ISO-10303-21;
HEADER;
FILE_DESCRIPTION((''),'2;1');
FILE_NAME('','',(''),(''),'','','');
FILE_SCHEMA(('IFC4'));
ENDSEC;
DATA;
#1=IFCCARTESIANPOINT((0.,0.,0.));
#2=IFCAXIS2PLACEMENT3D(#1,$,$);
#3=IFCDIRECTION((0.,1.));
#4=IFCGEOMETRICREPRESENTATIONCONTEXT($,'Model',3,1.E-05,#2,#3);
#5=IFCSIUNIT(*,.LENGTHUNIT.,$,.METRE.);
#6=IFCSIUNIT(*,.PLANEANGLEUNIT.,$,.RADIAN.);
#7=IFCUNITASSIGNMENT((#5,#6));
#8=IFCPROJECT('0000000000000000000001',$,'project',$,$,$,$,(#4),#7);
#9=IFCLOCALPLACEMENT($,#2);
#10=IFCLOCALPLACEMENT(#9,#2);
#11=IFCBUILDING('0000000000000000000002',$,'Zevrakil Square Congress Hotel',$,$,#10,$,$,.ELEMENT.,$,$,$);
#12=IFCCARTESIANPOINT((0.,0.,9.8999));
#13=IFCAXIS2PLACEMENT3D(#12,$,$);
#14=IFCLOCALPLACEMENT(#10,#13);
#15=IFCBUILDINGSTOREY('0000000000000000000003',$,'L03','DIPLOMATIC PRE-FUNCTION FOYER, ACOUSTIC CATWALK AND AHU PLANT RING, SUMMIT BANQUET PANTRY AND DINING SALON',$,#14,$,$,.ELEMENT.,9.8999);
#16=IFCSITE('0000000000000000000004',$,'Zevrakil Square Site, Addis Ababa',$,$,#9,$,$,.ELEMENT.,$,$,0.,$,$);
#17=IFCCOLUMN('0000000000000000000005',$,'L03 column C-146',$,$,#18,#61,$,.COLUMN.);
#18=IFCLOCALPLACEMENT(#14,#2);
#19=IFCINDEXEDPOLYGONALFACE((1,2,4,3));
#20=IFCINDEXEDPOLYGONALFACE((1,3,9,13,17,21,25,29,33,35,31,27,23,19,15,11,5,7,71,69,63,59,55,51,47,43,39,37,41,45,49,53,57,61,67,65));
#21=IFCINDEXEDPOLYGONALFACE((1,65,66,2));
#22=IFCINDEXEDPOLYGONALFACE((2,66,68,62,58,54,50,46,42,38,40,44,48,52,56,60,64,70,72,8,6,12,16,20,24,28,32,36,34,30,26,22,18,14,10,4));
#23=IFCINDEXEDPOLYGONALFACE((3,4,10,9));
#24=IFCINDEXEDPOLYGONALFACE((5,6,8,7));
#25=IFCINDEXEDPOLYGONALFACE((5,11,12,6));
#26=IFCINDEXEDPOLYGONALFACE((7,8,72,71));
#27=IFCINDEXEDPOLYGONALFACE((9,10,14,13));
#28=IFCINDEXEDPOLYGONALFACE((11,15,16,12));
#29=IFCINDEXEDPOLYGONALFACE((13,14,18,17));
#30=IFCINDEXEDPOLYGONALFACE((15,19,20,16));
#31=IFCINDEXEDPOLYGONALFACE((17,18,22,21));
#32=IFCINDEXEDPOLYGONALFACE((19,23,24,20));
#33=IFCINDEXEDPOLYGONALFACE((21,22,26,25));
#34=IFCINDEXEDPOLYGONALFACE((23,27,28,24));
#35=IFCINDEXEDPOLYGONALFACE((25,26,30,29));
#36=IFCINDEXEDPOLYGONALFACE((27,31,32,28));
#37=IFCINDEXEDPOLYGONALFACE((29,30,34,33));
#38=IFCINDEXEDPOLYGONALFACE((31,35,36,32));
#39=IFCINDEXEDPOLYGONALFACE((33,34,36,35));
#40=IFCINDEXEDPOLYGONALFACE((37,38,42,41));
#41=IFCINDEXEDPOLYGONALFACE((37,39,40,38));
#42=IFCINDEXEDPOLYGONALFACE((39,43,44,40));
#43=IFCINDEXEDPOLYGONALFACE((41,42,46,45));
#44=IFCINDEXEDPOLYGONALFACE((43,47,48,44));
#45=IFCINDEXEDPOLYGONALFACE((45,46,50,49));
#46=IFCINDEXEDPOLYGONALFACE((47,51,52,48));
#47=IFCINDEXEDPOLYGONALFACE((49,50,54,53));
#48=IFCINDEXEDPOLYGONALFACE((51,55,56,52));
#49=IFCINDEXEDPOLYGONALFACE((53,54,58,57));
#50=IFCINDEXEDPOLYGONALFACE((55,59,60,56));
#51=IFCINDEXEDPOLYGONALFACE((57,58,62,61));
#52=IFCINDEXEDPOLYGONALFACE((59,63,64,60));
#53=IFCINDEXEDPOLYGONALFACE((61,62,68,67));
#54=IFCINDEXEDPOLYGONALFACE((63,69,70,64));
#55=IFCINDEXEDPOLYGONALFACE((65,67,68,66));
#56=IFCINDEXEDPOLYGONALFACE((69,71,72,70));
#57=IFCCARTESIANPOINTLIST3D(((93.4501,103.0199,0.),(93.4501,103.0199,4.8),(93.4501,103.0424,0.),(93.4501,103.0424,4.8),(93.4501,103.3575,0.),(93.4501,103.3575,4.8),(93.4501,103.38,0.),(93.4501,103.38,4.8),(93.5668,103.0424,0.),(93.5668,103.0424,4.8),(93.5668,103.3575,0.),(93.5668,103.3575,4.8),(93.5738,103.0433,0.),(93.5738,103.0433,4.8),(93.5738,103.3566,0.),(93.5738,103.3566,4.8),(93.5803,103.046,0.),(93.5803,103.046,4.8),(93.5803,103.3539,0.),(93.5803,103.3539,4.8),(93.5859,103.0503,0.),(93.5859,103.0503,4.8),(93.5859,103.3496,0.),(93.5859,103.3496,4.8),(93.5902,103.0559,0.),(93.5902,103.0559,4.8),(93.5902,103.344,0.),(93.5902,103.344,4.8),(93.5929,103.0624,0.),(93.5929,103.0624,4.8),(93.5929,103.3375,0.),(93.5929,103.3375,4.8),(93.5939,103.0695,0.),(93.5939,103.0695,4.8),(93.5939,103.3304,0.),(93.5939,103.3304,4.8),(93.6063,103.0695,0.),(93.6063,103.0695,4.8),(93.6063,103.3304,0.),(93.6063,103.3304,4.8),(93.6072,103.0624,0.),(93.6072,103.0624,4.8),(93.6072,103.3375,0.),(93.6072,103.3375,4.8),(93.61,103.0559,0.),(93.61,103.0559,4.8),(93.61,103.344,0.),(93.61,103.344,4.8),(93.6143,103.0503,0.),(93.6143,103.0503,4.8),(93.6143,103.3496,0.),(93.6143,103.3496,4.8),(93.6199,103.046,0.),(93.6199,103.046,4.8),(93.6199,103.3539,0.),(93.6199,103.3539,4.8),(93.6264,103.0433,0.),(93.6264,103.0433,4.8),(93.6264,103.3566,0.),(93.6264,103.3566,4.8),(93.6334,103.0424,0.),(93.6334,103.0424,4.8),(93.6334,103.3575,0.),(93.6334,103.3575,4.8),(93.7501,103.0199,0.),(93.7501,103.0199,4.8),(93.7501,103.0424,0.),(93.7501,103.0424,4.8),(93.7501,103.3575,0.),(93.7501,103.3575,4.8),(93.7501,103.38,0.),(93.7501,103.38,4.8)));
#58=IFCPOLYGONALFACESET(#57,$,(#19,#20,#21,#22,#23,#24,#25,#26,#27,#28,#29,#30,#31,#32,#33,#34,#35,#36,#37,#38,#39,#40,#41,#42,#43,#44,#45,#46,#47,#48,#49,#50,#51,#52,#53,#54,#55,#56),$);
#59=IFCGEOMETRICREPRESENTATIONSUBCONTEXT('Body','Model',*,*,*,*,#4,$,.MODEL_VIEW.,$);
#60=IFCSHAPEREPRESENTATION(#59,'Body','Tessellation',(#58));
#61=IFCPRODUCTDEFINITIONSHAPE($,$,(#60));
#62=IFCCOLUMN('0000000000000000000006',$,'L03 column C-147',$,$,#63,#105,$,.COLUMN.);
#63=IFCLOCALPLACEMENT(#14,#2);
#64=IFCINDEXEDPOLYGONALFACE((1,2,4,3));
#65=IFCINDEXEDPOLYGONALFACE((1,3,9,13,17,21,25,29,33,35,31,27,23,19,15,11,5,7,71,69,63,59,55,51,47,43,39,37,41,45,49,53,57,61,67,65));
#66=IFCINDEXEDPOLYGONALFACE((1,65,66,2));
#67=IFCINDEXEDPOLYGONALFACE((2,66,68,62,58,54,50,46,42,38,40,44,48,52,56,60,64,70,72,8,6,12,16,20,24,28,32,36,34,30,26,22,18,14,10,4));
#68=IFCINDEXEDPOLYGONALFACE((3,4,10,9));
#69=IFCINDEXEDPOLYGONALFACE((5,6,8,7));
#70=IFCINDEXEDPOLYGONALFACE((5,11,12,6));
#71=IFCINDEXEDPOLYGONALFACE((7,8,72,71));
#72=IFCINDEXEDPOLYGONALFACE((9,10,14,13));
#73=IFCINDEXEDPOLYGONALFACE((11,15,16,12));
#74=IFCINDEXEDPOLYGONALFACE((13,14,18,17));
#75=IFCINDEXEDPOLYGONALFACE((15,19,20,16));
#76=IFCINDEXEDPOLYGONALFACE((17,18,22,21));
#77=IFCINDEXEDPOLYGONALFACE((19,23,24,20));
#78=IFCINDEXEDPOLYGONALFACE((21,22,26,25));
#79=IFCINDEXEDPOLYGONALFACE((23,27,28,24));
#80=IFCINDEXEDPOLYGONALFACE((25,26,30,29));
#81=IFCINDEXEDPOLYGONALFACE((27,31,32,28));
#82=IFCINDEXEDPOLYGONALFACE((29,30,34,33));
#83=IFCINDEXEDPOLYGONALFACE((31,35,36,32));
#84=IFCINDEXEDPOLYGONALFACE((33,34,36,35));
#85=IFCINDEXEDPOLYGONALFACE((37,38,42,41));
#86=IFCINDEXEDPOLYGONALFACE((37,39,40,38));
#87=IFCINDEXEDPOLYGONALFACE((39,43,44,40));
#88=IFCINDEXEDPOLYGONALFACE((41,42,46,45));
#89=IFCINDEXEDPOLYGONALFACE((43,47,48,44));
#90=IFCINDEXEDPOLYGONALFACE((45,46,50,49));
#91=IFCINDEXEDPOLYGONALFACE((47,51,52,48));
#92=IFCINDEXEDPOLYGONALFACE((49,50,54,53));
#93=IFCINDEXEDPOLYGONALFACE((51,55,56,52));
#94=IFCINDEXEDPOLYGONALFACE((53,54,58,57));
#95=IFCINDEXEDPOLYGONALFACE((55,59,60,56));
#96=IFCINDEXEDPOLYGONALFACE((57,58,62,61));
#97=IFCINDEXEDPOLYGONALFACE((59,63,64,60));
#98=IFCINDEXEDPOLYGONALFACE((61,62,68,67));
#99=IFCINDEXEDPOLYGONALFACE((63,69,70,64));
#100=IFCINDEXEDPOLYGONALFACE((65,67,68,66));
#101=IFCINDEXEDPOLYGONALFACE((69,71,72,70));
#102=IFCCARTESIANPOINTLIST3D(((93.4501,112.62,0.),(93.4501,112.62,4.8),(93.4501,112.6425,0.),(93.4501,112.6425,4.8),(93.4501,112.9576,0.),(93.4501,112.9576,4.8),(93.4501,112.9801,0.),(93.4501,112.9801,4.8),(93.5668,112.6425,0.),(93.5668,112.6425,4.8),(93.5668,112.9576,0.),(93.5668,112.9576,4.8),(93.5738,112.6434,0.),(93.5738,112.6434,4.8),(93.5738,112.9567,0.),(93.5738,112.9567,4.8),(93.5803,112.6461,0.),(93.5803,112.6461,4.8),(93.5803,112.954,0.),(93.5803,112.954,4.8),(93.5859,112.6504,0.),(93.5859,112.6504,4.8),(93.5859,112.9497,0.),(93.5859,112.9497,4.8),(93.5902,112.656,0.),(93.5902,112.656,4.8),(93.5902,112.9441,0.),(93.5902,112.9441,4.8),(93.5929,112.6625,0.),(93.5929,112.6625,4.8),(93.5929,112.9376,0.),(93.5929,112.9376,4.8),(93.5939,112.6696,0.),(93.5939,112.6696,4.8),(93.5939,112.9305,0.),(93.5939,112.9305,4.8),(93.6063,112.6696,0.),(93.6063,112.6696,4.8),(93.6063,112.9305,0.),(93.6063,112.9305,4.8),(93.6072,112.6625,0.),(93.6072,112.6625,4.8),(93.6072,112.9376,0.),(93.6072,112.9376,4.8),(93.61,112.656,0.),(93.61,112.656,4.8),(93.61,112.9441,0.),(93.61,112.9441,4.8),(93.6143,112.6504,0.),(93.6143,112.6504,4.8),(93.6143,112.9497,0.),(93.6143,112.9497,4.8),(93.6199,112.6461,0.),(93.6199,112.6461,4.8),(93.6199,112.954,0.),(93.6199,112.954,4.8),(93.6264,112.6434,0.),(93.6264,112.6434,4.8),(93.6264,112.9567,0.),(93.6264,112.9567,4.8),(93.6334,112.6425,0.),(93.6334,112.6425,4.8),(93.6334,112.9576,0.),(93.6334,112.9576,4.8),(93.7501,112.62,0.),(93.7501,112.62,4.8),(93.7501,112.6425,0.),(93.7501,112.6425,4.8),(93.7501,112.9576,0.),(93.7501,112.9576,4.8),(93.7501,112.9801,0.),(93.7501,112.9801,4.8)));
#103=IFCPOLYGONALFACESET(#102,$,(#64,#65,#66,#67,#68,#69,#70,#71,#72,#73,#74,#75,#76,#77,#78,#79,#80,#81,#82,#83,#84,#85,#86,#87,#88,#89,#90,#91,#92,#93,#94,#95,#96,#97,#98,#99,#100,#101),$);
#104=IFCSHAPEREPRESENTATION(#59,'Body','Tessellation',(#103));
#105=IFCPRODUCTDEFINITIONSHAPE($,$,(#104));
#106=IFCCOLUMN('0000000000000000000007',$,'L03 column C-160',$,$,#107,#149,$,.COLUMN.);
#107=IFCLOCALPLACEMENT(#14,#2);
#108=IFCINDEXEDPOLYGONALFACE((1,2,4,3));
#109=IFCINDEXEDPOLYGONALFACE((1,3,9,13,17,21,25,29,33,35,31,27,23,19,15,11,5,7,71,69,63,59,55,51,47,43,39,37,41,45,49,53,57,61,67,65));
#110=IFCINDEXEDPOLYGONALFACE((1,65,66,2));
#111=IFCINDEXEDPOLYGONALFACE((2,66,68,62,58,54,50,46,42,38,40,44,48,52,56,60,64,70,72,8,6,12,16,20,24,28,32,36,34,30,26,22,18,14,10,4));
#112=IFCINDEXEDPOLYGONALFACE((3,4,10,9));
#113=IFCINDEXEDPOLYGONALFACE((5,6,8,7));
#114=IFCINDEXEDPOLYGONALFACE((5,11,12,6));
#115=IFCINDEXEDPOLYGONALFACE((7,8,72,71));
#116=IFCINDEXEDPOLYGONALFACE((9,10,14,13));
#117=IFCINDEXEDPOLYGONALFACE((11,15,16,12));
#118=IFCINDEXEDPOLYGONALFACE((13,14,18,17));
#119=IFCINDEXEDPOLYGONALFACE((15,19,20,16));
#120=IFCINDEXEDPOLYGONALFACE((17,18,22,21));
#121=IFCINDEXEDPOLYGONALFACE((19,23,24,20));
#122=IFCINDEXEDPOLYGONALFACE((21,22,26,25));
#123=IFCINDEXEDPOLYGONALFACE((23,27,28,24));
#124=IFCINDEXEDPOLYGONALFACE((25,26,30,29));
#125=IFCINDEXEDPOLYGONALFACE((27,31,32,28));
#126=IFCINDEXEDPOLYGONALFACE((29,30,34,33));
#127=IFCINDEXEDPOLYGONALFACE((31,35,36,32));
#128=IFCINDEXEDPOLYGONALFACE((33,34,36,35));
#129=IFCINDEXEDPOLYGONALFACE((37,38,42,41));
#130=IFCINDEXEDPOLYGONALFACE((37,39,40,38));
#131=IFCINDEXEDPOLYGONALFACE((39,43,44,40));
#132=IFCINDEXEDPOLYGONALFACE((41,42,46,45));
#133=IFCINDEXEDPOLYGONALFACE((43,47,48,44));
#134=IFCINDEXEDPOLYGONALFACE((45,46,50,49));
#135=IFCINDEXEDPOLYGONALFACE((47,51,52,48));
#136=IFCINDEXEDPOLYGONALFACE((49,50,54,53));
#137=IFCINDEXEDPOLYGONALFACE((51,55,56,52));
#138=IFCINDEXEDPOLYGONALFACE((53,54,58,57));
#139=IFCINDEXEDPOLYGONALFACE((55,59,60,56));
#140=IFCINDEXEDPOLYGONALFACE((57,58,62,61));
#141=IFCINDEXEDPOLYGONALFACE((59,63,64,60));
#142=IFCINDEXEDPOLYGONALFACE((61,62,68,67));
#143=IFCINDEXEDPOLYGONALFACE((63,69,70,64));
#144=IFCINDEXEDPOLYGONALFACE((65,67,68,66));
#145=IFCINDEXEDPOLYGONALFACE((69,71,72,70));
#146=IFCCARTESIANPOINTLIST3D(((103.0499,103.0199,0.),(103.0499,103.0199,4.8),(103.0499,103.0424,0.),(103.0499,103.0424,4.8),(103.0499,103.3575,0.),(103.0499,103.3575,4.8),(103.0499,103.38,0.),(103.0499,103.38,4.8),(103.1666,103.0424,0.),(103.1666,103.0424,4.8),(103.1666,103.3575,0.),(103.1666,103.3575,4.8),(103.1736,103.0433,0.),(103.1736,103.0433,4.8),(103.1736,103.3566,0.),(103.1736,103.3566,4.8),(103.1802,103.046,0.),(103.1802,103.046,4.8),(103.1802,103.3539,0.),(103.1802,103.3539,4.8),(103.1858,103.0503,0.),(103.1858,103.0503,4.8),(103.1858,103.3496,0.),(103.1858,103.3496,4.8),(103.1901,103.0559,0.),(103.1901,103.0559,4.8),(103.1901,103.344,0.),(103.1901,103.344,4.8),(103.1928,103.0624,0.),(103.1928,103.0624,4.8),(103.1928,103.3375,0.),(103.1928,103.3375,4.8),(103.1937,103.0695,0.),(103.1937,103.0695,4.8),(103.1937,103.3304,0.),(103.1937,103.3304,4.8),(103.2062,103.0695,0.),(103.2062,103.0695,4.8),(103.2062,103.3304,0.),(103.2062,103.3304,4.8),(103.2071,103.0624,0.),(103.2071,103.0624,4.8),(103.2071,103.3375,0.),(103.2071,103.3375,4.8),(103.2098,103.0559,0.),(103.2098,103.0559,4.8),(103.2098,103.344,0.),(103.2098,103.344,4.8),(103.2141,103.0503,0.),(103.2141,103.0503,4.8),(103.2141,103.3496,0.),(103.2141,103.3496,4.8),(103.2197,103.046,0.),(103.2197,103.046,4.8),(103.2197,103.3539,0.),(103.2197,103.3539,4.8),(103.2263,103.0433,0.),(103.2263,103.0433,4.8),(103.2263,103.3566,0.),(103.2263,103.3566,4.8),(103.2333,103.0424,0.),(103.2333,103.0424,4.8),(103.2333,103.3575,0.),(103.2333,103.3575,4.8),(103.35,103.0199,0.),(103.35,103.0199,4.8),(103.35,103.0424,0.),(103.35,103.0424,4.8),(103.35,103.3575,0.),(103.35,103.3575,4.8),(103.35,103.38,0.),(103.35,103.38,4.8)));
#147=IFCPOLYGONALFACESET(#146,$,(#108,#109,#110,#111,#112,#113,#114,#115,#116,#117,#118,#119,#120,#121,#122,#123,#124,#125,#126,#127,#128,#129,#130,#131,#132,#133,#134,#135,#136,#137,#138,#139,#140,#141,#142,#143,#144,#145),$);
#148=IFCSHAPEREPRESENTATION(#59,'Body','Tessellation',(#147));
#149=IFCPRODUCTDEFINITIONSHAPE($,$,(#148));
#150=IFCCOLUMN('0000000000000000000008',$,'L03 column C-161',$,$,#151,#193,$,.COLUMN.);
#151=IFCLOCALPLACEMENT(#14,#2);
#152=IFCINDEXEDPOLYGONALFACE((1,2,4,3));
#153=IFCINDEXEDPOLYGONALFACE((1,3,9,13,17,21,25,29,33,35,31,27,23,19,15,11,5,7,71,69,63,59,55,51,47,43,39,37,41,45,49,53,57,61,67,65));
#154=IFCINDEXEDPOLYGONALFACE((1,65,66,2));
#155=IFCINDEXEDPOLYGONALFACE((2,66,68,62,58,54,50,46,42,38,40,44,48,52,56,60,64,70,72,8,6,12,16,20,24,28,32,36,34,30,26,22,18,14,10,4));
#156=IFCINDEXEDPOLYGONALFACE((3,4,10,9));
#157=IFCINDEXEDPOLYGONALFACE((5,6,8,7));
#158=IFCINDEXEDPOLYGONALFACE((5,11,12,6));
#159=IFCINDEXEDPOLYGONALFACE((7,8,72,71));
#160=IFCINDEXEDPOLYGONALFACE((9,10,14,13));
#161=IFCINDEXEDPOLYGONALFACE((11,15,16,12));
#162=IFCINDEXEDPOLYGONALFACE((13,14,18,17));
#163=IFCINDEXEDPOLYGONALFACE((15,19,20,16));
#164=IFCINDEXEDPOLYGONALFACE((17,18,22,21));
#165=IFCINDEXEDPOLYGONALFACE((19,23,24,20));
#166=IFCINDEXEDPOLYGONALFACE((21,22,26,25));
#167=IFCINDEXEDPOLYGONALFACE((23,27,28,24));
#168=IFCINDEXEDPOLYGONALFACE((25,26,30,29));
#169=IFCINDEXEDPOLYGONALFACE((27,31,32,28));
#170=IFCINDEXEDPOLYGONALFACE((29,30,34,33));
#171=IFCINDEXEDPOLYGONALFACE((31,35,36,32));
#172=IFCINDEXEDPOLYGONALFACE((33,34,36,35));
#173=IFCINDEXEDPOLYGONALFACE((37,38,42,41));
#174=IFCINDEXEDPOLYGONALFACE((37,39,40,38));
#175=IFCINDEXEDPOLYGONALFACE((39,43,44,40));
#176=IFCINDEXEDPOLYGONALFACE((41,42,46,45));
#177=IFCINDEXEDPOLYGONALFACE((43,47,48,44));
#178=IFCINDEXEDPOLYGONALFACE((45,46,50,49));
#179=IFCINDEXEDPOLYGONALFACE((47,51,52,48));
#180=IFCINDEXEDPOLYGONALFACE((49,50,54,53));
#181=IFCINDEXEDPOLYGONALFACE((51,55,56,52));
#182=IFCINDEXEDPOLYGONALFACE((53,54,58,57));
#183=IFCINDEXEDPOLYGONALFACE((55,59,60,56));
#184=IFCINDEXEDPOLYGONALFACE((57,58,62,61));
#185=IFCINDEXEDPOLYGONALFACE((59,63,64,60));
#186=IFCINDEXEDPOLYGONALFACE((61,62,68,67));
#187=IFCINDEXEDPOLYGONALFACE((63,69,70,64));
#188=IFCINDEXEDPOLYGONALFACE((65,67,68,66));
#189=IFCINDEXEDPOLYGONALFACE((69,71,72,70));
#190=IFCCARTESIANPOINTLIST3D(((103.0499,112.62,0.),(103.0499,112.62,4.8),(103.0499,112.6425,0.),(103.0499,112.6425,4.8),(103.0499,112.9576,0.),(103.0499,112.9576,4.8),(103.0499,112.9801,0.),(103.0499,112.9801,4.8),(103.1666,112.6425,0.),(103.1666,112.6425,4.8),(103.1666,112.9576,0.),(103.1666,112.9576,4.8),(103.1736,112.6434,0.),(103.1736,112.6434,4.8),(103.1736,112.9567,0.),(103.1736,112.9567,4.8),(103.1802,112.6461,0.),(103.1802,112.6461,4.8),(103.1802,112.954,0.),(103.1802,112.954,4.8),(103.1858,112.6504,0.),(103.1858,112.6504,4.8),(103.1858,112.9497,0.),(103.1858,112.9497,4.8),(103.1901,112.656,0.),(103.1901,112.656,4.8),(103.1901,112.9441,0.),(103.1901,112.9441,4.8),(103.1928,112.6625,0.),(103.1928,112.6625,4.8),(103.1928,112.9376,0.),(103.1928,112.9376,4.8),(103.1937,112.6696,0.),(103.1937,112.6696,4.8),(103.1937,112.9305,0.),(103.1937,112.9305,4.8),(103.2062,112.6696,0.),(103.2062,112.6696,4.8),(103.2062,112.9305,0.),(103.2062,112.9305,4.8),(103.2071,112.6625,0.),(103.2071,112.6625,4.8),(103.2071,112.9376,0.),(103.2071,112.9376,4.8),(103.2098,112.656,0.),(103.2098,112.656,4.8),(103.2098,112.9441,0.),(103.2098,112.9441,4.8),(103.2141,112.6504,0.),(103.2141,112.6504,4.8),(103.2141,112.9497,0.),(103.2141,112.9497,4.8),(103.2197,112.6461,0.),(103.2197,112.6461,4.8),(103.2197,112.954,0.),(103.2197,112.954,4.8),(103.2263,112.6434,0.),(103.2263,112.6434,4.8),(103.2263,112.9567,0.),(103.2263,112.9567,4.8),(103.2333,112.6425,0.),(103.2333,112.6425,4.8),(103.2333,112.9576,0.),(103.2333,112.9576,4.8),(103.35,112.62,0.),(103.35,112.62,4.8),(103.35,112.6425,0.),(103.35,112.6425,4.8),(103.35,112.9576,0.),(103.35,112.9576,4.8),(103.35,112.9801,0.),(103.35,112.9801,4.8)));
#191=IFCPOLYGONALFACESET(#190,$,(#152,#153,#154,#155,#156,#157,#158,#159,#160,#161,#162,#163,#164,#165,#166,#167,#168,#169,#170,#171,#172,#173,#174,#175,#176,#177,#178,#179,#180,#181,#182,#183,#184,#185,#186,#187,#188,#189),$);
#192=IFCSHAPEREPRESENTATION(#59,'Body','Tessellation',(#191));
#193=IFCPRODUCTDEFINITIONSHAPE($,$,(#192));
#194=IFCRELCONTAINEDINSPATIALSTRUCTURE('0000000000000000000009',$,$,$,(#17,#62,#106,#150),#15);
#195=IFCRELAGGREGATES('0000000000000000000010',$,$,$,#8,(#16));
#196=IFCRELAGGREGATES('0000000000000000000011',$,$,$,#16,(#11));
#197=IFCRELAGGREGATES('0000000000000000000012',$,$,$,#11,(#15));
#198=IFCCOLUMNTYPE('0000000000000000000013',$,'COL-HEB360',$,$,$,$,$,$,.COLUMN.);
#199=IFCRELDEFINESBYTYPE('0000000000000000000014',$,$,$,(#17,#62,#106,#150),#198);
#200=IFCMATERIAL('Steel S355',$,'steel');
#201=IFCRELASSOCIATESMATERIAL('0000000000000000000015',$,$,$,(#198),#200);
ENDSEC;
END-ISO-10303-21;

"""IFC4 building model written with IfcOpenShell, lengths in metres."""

from ifc_helpers import new_model, si_unit, direction, frame, origin, origin_2d, place, context, subcontext, project, spatial, i_section, extrude, material, material_profile, profile_set, type_object, element, save


model = new_model("IFC4")

# Units and contexts
model_context = context("Model", 3, precision=1e-05, world=origin(), true_north=direction((0.0, 1.0)))
body_context = subcontext(model_context, "Body", "Model", "MODEL_VIEW")
ifc_project = project(units=[si_unit("LENGTHUNIT", "METRE"), si_unit("PLANEANGLEUNIT", "RADIAN")], contexts=[model_context])

# Site, building, storey
site_placement = place(None, origin())
site = spatial("IfcSite", under=ifc_project, at=site_placement, Name="Zevrakil Square Site, Addis Ababa", CompositionType="ELEMENT", RefElevation=0.0)
building_placement = place(site_placement, origin())
building = spatial("IfcBuilding", under=site, at=building_placement, Name="Zevrakil Square Congress Hotel", CompositionType="ELEMENT")
storey_placement = place(building_placement, frame((0.0, 0.0, 9.8999)))
storey = spatial("IfcBuildingStorey", under=building, at=storey_placement, Name="L03", Description="DIPLOMATIC PRE-FUNCTION FOYER, ACOUSTIC CATWALK AND AHU PLANT RING, SUMMIT BANQUET PANTRY AND DINING SALON", CompositionType="ELEMENT", Elevation=9.8999)

# Columns
ifc_material_1 = material(Name="Steel S355", Category="steel")
ifc_material_profile_1 = material_profile(ifc_material_1, i_section(OverallWidth=0.3, OverallDepth=0.3601, WebThickness=0.0125, FlangeThickness=0.0225, FilletRadius=0.0271, at=origin_2d()), Name="HEB 360")
ifc_profile_set_1 = profile_set([ifc_material_profile_1], Name="Steel S355")
column_type = type_object("IfcColumnType", Name="COL-HEB360", PredefinedType="COLUMN", material=ifc_profile_set_1)
for number, where, z_axis, x_axis, name in (
    (1, (93.6001, 103.2, 0.0), (0.0, 0.0, 1.0), (1.0, 0.0, 0.0), "L03 column C-146"),
    (2, (93.6001, 112.8, 0.0), (0.0, 0.0, 1.0), (1.0, 0.0, 0.0), "L03 column C-147"),
    (3, (103.2, 103.2, 0.0), (0.0, 0.0, 1.0), (1.0, 0.0, 0.0), "L03 column C-160"),
    (4, (103.2, 112.8, 0.0), (0.0, 0.0, 1.0), (1.0, 0.0, 0.0), "L03 column C-161"),
):
    element("IfcColumn", number, at=place(storey_placement, frame(where, z_axis=z_axis, x_axis=x_axis)), inside=storey, type_object=column_type, Name=name, PredefinedType="COLUMN", context=body_context, shape_type="SweptSolid", body=[
        extrude(i_section(OverallWidth=0.3, OverallDepth=0.3601, WebThickness=0.0125, FlangeThickness=0.0225, FilletRadius=0.0271, at=origin_2d()), origin(), (0.0, 0.0, 1.0), 4.8),
    ])

save(model, "model.ifc")
